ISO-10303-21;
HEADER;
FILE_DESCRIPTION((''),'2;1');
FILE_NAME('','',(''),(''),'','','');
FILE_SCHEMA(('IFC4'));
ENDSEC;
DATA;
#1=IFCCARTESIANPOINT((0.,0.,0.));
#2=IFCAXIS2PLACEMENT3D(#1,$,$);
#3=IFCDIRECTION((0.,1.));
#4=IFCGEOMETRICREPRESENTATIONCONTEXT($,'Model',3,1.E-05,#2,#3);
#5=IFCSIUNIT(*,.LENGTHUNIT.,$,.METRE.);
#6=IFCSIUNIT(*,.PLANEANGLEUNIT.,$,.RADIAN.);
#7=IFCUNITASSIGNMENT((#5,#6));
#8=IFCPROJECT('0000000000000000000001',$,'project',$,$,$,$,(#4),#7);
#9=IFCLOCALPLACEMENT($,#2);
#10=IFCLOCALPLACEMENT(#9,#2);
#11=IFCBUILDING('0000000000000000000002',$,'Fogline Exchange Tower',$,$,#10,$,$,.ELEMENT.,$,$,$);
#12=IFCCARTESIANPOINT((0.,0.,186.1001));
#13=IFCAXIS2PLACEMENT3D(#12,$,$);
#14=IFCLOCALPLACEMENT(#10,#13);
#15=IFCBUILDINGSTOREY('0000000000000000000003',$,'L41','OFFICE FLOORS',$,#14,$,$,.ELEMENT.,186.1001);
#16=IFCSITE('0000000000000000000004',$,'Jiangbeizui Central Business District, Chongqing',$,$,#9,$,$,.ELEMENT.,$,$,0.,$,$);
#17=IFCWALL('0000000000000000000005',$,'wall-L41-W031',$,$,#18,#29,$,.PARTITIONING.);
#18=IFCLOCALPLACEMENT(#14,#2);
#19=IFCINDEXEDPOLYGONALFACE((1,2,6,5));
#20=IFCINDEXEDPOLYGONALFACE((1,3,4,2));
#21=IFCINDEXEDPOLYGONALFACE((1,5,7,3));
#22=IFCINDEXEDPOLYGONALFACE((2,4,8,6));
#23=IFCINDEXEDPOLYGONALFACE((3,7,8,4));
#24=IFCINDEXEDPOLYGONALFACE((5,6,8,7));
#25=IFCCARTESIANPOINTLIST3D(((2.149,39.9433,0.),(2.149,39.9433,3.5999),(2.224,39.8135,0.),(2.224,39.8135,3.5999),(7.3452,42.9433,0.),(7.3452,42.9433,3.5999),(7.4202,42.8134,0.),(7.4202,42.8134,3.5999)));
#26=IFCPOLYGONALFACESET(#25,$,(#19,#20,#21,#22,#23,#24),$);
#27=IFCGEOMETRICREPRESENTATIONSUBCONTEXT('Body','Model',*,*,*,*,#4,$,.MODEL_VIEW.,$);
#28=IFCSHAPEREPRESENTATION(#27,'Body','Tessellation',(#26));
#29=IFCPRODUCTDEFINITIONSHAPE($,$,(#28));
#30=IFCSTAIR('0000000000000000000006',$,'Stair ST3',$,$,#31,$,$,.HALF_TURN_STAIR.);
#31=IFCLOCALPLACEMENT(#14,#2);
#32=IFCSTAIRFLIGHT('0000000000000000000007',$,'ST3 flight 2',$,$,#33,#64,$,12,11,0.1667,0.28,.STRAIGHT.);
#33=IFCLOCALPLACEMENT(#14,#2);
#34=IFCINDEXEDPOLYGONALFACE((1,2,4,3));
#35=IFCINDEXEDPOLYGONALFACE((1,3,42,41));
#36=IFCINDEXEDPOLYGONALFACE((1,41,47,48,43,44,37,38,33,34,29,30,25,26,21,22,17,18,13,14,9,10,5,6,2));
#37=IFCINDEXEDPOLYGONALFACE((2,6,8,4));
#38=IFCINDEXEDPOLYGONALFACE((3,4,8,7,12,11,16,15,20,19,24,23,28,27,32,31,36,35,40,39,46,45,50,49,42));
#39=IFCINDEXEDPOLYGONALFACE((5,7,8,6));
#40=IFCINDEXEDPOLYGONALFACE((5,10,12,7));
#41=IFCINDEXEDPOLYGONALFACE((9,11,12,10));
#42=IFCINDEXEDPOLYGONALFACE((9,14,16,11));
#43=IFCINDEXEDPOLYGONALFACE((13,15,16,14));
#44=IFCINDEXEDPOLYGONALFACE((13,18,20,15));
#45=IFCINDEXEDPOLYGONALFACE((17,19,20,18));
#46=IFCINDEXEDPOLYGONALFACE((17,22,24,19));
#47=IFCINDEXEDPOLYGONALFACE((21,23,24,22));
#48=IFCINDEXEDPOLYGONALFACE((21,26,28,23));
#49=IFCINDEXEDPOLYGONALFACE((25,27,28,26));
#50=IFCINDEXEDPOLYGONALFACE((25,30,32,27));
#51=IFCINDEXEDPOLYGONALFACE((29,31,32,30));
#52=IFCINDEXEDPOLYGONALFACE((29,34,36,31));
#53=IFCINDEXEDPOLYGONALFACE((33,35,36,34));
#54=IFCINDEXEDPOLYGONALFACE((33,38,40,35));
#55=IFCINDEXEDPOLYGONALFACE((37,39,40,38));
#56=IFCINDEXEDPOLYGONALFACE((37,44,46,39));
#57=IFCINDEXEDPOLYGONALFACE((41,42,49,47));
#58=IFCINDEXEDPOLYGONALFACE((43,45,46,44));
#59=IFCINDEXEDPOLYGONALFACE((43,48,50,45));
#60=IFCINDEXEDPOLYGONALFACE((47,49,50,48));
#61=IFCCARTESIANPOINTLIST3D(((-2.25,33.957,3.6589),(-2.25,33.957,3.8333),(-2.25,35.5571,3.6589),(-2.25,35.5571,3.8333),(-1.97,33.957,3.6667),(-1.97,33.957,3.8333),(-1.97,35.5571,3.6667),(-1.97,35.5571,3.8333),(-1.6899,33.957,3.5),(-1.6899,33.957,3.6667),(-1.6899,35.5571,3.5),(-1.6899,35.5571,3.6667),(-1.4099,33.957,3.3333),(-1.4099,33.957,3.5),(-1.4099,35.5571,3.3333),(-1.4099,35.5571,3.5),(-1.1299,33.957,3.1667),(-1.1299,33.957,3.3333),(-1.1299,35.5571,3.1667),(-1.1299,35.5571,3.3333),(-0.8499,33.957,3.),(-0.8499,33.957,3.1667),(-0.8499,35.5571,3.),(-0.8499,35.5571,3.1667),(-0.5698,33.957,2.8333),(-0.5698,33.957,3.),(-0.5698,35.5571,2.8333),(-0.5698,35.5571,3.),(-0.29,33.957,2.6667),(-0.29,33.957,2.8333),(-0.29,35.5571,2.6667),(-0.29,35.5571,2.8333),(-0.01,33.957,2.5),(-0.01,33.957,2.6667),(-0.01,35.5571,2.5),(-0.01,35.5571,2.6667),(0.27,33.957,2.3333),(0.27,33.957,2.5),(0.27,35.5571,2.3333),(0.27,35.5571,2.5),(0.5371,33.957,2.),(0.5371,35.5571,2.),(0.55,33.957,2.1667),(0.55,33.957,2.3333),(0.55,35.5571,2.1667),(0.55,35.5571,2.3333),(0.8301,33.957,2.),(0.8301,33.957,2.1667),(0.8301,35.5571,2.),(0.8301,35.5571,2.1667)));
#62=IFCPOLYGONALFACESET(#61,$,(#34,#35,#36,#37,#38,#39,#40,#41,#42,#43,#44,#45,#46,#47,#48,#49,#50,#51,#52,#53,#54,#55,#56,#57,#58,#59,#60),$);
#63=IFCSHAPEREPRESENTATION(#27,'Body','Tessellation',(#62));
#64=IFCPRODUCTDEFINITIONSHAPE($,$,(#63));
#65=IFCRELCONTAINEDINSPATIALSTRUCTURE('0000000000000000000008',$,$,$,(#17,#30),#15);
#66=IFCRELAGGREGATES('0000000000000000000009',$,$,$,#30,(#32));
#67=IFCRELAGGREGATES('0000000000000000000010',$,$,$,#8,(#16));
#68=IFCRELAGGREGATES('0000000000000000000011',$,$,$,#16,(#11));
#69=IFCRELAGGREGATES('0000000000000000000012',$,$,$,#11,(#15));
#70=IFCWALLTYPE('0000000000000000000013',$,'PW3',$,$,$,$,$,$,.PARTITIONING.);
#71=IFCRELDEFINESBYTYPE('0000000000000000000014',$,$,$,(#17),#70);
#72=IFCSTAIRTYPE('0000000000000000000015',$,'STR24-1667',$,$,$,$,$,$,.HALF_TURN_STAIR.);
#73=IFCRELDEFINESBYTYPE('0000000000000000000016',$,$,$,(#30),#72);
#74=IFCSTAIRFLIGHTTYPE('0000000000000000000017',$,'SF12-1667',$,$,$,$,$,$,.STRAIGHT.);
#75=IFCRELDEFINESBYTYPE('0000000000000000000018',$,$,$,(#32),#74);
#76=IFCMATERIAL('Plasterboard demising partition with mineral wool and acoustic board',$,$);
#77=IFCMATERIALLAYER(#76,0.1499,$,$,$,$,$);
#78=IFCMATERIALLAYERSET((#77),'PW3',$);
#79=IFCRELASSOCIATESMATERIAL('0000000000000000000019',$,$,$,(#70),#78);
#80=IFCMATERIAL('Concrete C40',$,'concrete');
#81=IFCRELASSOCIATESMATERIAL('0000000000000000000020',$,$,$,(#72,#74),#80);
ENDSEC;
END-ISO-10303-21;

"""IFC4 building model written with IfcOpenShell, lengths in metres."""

from ifc_helpers import new_model, si_unit, direction, frame, frame_2d, origin, place, context, subcontext, project, spatial, polyline, rectangle, outline, extrude, material, layer, layer_set, type_object, element, aggregate, save


model = new_model("IFC4")

# Units and contexts
model_context = context("Model", 3, precision=1e-05, world=origin(), true_north=direction((0.0, 1.0)))
body_context = subcontext(model_context, "Body", "Model", "MODEL_VIEW")
ifc_project = project(units=[si_unit("LENGTHUNIT", "METRE"), si_unit("PLANEANGLEUNIT", "RADIAN")], contexts=[model_context])

# Site, building, storey
site_placement = place(None, origin())
site = spatial("IfcSite", under=ifc_project, at=site_placement, Name="Jiangbeizui Central Business District, Chongqing", CompositionType="ELEMENT", RefElevation=0.0)
building_placement = place(site_placement, origin())
building = spatial("IfcBuilding", under=site, at=building_placement, Name="Fogline Exchange Tower", CompositionType="ELEMENT")
storey_placement = place(building_placement, frame((0.0, 0.0, 186.1001)))
storey = spatial("IfcBuildingStorey", under=building, at=storey_placement, Name="L41", Description="OFFICE FLOORS", CompositionType="ELEMENT", Elevation=186.1001)

# Shared definitions
ifc_material_1 = material(Name="Concrete C40", Category="concrete")

# Shared definitions
ifc_material_2 = material(Name="Plasterboard demising partition with mineral wool and acoustic board")
ifc_layer_1 = layer(ifc_material_2, 0.1499)
ifc_layer_set_1 = layer_set([ifc_layer_1], Name="PW3")
wall_type_1 = type_object("IfcWallType", Name="PW3", PredefinedType="PARTITIONING", material=ifc_layer_set_1)

# Wall
wall_1_placement = place(storey_placement, frame((2.1865, 39.8784, 0.0), z_axis=(0.0, 0.0, 1.0), x_axis=(0.866031, 0.49999, 0.0)))
element("IfcWall", 1, at=wall_1_placement, inside=storey, type_object=wall_type_1, Name="wall-L41-W031", PredefinedType="PARTITIONING", context=body_context, shape_type="SweptSolid", body=[
    extrude(rectangle(XDim=6.0, YDim=0.1499, at=frame_2d((3.0, 0.0))), origin(), (0.0, 0.0, 1.0), 3.5999),
])

# Stair, stair flight
stair_type = type_object("IfcStairType", Name="STR24-1667", PredefinedType="HALF_TURN_STAIR", material=ifc_material_1)
stair_placement = place(storey_placement, origin())
stair = element("IfcStair", 2, at=stair_placement, inside=storey, type_object=stair_type, Name="Stair ST3", PredefinedType="HALF_TURN_STAIR")
stair_flight_type = type_object("IfcStairFlightType", Name="SF12-1667", PredefinedType="STRAIGHT", material=ifc_material_1)
stair_flight_placement = place(storey_placement, frame((0.8301, 34.7571, 2.0), z_axis=(0.0, 0.0, 1.0), x_axis=(-1.0, 0.0, 0.0)))
stair_flight = element("IfcStairFlight", 3, at=stair_flight_placement, type_object=stair_flight_type, Name="ST3 flight 2", NumberOfRisers=12, NumberOfTreads=11, PredefinedType="STRAIGHT", RiserHeight=0.1667, TreadLength=0.28, context=body_context, shape_type="SweptSolid", body=[
    extrude(outline(polyline([(0.0, 0.0), (0.0, 0.1667), (0.28, 0.1667), (0.28, 0.3333), (0.5601, 0.3333), (0.5601, 0.5), (0.8401, 0.5), (0.8401, 0.6667), (1.1201, 0.6667), (1.1201, 0.8333), (1.3999, 0.8333), (1.3999, 1.0), (1.6799, 1.0), (1.6799, 1.1667), (1.96, 1.1667), (1.96, 1.3333), (2.24, 1.3333), (2.24, 1.5), (2.52, 1.5), (2.52, 1.6667), (2.8, 1.6667), (2.8, 1.8333), (3.0801, 1.8333), (3.0801, 2.0), (3.0801, 1.6589), (0.293, 0.0), (0.0, 0.0)])), frame((0.0, 0.8, 0.0), z_axis=(0.0, -1.0, 0.0), x_axis=(1.0, 0.0, 0.0)), (0.0, 0.0, 1.0), 1.6001),
])
aggregate(stair, [stair_flight])

save(model, "model.ifc")
